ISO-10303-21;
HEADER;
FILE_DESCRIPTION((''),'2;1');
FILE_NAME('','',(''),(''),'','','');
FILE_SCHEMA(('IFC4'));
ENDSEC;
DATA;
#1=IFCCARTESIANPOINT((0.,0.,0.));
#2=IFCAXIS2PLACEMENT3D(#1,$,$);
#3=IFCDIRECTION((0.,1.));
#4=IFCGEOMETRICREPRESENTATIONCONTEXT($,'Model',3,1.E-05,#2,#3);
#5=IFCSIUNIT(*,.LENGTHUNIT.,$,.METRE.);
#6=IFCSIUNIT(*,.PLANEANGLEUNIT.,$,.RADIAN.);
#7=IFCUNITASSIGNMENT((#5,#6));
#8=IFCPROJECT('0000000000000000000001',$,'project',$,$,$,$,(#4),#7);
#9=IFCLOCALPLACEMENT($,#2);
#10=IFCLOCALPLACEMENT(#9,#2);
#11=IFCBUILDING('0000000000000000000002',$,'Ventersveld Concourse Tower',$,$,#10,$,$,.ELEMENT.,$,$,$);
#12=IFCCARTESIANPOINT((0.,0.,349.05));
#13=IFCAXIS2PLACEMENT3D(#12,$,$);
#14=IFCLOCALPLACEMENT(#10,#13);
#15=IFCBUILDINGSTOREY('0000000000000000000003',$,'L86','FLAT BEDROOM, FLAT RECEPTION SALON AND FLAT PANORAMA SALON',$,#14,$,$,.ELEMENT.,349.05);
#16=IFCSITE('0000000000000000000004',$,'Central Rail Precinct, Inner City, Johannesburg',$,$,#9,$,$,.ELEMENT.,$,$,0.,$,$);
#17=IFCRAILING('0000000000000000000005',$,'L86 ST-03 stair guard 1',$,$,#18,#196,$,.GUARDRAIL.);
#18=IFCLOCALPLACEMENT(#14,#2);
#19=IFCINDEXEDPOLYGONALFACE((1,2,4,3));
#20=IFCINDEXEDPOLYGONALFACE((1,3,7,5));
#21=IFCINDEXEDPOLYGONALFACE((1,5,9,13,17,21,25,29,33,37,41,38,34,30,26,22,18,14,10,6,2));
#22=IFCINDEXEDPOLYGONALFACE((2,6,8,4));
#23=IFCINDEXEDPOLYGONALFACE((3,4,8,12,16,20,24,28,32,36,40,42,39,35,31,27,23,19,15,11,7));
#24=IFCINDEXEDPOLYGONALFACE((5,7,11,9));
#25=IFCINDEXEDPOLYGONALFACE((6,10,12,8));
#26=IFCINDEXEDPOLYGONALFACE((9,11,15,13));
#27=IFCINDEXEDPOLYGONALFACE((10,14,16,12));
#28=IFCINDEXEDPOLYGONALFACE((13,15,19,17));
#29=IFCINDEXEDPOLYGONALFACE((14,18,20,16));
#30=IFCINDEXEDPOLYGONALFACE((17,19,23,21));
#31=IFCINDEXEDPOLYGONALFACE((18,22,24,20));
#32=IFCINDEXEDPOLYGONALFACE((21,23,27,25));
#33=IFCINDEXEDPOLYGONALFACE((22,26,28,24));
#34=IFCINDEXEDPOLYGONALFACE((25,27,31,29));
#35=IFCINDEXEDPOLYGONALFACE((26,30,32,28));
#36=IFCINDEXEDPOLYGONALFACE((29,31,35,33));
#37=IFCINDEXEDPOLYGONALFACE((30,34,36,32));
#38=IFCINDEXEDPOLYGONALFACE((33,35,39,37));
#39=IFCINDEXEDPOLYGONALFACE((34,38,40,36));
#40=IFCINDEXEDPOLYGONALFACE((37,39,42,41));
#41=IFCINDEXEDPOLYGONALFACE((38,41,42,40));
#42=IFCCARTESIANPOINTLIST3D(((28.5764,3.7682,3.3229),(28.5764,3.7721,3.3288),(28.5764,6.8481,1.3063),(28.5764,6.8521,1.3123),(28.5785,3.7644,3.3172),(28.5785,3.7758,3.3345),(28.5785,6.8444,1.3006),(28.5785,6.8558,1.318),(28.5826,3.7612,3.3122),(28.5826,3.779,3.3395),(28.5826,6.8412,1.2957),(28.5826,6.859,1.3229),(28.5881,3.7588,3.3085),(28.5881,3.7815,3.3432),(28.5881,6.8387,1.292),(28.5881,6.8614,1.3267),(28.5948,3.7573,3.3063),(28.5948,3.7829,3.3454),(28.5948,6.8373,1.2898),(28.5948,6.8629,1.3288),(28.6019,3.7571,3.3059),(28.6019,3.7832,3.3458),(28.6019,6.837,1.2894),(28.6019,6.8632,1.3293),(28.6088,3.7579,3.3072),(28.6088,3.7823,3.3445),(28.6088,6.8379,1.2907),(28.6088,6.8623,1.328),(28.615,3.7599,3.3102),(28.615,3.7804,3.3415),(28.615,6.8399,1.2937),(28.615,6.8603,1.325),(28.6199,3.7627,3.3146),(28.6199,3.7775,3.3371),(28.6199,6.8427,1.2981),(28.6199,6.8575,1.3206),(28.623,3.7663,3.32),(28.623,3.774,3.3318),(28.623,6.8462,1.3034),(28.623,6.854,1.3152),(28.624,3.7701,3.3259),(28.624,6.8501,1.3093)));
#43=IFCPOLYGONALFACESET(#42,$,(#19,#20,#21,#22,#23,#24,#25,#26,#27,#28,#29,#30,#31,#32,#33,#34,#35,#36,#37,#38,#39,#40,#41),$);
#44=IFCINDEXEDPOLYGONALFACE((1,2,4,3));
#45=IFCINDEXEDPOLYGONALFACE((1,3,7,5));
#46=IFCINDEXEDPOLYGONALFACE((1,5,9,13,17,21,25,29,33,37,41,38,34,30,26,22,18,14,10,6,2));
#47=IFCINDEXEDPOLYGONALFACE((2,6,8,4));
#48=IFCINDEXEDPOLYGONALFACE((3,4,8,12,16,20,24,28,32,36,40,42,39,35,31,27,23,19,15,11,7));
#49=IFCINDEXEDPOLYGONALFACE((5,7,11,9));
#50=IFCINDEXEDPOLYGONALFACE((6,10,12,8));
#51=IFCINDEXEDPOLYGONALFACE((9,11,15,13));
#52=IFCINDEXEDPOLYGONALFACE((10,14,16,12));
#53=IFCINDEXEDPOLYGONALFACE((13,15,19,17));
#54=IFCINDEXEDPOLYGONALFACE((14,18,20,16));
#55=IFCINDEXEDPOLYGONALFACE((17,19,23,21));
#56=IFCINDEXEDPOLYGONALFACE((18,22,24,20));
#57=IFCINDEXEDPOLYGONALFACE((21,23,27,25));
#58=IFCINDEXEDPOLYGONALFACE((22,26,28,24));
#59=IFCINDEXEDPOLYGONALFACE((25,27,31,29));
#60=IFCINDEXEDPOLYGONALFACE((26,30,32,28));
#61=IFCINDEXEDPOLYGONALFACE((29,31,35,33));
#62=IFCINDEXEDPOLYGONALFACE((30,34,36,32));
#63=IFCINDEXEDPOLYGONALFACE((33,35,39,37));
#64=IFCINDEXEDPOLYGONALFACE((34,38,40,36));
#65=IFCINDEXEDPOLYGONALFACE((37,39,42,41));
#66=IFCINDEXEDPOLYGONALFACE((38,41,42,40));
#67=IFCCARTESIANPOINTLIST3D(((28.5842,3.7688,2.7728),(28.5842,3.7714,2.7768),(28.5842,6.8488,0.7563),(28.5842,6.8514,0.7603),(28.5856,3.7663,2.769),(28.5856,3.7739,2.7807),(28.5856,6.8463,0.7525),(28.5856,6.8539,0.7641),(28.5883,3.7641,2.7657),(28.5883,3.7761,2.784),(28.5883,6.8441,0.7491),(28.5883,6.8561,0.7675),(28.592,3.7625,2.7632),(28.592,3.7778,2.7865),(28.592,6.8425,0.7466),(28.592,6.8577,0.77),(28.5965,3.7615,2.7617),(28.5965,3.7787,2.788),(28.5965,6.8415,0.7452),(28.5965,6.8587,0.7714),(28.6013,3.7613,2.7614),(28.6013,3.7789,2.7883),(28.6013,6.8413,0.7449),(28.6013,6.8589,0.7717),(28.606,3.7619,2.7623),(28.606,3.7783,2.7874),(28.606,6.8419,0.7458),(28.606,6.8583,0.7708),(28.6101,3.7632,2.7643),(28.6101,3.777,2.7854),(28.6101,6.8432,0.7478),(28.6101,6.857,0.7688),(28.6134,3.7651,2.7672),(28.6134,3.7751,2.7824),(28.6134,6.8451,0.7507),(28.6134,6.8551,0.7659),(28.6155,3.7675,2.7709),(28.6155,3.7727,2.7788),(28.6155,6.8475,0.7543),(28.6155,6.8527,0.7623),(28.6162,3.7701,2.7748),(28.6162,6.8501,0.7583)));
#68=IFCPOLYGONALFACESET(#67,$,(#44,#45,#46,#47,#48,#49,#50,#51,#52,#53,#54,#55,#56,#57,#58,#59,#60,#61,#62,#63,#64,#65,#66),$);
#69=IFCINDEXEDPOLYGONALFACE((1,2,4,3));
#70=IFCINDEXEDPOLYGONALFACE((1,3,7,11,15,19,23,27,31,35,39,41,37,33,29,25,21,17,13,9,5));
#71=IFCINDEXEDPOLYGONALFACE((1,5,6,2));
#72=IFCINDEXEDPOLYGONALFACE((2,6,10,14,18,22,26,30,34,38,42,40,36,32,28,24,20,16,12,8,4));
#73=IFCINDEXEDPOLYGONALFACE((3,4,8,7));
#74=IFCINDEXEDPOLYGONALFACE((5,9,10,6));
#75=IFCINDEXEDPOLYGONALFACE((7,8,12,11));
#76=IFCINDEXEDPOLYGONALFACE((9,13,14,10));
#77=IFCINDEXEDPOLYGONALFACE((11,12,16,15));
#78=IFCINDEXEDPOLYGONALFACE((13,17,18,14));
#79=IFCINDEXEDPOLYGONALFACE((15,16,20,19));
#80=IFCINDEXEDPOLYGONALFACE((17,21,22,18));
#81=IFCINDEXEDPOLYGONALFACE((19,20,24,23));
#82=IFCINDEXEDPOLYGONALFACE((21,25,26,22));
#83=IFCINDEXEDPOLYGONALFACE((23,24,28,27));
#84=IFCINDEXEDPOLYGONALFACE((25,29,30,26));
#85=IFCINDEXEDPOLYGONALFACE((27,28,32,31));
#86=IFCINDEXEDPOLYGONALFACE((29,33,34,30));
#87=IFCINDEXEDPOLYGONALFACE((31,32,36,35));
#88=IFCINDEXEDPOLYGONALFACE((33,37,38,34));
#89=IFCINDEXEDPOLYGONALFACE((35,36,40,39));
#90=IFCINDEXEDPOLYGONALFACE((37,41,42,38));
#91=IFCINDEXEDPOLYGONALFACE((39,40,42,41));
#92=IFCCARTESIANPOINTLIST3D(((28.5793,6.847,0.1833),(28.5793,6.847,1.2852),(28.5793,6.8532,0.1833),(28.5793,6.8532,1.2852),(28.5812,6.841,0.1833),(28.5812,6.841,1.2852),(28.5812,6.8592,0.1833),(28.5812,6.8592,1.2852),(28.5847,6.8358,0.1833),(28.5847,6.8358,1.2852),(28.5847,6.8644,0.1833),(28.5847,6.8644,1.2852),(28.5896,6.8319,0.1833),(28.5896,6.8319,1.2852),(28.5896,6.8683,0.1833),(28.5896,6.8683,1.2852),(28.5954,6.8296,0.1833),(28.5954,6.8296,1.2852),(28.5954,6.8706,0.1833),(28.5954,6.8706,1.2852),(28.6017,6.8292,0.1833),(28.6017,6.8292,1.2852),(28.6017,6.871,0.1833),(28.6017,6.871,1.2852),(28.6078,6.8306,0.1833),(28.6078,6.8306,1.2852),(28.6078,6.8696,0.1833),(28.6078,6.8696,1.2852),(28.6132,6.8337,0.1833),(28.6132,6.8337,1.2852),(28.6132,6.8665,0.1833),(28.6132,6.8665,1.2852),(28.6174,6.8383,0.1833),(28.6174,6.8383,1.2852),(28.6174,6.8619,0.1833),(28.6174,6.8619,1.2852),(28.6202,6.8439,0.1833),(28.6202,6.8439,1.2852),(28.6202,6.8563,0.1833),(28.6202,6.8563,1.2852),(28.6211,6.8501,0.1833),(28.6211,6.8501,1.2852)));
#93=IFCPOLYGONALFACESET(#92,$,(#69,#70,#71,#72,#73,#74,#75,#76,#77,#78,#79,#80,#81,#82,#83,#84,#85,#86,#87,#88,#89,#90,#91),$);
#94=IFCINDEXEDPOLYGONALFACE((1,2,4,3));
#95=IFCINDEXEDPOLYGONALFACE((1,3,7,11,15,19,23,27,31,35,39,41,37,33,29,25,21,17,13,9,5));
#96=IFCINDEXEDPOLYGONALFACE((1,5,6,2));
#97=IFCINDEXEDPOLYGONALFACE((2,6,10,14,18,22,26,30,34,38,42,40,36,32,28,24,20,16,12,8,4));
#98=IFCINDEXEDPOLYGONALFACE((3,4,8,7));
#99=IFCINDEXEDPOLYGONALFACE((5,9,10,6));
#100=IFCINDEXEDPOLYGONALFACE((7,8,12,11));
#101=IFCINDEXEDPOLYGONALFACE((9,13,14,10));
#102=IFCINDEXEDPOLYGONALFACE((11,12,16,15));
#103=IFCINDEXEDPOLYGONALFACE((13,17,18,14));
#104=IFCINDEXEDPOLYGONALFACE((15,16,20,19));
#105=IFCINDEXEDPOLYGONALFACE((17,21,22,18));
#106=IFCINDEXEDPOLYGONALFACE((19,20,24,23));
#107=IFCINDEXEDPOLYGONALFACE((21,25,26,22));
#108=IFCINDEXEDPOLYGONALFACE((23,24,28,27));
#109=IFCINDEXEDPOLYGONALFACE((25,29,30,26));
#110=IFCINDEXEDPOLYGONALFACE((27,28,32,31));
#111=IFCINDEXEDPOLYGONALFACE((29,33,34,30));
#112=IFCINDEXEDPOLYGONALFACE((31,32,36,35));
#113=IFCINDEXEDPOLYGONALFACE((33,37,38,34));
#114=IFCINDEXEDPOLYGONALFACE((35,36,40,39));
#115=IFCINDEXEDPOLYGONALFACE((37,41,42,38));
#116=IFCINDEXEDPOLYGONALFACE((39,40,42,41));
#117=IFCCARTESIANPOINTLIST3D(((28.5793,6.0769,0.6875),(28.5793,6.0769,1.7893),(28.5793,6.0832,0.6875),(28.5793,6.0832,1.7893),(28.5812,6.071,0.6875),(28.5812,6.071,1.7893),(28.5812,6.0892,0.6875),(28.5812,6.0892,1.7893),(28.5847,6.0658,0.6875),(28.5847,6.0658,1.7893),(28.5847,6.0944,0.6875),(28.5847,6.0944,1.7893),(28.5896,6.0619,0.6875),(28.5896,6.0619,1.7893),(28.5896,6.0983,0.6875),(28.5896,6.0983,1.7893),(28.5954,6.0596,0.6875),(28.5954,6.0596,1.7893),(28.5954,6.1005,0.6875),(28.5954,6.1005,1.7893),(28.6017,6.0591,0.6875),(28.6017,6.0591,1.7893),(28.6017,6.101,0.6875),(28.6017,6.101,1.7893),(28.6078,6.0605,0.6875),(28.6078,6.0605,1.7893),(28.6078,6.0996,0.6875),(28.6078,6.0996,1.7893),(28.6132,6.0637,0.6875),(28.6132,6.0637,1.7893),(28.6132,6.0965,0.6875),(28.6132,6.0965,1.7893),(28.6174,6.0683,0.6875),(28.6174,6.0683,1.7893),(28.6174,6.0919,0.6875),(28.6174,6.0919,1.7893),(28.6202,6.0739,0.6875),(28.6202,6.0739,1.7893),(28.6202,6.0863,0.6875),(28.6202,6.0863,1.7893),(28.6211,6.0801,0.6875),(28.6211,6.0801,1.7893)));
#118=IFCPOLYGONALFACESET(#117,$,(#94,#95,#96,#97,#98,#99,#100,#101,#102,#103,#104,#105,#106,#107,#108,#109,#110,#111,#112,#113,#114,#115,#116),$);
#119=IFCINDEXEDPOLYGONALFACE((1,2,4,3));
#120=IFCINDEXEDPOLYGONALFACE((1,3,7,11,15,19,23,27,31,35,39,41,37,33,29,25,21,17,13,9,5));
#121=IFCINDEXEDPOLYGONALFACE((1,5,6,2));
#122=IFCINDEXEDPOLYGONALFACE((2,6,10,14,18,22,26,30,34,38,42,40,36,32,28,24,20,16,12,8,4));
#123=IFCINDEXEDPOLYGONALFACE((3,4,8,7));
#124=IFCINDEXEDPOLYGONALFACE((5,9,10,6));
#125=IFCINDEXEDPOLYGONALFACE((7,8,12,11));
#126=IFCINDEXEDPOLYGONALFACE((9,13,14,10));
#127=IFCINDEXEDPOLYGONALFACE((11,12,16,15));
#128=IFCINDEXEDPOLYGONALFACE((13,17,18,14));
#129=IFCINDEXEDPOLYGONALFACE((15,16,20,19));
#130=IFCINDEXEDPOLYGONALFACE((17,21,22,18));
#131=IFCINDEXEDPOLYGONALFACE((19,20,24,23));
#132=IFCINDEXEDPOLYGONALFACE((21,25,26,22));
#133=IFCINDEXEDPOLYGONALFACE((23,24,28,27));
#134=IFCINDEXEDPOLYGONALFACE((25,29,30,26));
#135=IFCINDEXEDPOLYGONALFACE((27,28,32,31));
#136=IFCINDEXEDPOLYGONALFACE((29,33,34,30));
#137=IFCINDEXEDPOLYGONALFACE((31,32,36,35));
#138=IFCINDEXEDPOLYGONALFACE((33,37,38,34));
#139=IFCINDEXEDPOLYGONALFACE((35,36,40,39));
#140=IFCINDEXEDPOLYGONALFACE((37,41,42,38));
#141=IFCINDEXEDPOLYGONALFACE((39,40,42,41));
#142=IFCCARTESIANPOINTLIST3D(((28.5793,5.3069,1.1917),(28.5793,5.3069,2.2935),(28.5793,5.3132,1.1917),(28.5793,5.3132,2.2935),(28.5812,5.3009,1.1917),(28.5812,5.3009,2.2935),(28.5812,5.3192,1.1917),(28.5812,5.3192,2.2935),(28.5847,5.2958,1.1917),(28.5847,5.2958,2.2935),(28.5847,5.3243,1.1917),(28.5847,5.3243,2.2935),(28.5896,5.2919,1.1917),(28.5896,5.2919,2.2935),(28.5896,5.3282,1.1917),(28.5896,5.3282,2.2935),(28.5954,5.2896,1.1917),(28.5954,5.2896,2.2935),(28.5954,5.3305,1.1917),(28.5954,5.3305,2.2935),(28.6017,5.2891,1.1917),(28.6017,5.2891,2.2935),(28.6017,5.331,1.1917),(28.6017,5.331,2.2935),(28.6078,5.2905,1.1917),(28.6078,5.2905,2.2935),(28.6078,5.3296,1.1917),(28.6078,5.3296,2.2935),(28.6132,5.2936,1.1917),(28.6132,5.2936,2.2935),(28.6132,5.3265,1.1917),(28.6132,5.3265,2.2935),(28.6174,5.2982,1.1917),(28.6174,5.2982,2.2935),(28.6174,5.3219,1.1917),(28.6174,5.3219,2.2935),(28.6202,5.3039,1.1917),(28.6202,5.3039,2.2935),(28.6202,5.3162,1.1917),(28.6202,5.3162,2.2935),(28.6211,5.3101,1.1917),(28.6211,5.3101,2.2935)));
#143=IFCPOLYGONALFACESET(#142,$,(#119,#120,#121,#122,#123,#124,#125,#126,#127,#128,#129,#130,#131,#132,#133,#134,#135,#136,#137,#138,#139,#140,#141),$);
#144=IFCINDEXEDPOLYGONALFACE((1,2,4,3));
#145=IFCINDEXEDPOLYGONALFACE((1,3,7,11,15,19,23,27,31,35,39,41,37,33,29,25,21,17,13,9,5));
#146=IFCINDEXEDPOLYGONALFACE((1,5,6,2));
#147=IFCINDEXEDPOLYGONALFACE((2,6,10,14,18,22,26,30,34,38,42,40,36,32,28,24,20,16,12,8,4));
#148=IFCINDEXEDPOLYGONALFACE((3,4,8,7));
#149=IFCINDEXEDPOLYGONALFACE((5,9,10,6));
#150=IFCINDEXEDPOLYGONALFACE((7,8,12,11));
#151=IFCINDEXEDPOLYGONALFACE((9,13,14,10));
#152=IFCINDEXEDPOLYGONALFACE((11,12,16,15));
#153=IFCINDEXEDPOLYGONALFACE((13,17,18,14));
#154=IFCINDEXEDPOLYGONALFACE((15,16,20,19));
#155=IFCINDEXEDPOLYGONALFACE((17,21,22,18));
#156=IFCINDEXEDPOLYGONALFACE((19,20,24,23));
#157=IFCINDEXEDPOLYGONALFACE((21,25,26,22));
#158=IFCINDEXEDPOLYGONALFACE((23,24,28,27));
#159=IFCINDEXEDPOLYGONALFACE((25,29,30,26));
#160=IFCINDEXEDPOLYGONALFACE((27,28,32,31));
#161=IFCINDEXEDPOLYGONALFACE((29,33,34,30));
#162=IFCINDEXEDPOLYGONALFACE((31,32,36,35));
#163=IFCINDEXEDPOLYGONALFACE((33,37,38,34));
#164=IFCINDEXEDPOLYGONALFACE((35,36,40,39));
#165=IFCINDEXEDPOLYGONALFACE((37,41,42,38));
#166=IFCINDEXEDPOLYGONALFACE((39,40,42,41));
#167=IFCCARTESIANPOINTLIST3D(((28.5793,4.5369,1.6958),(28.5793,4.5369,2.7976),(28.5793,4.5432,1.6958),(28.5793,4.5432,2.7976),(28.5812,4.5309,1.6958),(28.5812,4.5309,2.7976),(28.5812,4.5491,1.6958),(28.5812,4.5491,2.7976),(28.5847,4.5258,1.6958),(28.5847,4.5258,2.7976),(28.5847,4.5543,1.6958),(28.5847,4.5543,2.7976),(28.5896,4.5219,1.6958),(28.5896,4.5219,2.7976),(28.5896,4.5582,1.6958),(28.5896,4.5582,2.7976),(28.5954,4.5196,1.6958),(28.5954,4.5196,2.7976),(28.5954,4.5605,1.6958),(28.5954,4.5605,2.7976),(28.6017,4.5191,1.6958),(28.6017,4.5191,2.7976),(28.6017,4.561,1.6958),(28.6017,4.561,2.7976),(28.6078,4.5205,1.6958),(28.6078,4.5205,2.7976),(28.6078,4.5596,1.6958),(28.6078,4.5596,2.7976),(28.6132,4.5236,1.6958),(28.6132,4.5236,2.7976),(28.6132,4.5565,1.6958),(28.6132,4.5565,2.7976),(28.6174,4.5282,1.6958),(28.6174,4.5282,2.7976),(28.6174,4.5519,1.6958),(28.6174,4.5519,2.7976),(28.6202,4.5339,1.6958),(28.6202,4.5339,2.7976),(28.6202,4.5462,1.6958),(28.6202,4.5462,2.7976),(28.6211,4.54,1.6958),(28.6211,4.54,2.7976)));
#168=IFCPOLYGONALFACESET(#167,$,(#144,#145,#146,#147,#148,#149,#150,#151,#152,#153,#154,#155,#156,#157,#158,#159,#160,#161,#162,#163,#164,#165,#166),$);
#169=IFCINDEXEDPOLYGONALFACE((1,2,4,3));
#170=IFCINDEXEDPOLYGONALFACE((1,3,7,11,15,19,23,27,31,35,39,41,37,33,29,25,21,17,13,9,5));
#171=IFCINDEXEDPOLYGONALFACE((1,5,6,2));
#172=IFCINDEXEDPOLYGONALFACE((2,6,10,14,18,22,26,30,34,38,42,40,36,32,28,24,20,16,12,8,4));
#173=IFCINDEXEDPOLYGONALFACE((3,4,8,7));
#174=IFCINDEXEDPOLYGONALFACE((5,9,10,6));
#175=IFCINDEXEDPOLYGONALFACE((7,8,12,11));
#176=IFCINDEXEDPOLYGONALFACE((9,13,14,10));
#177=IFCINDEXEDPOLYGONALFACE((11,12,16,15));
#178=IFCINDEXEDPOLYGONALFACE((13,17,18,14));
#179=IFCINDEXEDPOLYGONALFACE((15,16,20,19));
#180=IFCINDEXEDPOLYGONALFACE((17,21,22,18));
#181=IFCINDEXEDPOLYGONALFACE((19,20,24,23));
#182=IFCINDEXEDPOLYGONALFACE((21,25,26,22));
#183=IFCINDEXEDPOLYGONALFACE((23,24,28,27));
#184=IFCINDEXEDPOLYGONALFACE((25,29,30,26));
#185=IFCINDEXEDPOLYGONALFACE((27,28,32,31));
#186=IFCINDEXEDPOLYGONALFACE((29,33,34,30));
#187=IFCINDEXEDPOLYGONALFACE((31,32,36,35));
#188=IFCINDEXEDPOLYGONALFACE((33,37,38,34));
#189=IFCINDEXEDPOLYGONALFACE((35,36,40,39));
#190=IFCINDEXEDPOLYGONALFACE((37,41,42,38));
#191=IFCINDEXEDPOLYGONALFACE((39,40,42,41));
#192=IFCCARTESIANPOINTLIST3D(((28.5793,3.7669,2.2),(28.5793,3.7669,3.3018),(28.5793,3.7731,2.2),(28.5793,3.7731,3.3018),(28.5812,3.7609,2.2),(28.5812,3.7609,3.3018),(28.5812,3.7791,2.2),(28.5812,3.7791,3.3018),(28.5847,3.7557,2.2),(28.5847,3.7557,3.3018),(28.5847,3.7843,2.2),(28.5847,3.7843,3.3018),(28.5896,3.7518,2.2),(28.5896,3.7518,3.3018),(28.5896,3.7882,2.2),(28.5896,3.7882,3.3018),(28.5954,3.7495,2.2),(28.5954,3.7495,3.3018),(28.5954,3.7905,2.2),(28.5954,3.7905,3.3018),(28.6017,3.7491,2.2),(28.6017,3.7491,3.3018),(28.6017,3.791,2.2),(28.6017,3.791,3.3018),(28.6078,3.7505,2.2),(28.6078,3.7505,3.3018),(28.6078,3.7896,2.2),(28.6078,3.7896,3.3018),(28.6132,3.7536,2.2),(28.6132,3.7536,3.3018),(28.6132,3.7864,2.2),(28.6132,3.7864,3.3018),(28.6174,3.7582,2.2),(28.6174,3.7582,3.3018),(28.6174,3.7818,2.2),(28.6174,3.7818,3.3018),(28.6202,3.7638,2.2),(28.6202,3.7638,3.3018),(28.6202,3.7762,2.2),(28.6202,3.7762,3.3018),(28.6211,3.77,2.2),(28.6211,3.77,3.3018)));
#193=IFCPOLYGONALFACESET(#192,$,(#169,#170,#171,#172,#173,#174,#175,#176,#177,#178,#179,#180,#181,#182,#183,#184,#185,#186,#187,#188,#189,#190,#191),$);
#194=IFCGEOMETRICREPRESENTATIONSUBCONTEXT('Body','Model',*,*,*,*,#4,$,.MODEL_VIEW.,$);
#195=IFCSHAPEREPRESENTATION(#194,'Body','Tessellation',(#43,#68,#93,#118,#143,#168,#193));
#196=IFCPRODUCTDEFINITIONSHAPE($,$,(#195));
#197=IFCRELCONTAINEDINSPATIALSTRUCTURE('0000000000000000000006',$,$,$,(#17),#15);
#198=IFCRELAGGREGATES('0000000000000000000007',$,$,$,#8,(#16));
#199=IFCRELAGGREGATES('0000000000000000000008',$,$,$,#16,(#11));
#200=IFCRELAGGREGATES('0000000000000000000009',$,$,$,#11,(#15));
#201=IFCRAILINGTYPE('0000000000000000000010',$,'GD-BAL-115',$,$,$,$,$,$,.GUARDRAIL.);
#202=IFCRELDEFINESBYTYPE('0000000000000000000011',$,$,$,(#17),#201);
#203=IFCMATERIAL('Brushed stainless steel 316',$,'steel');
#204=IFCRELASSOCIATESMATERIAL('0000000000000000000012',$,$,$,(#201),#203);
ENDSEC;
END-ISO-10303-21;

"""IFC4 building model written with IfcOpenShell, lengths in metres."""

from ifc_helpers import new_model, si_unit, direction, frame, origin, origin_2d, place, context, subcontext, project, spatial, circle, extrude, material, type_object, element, save


model = new_model("IFC4")

# Units and contexts
model_context = context("Model", 3, precision=1e-05, world=origin(), true_north=direction((0.0, 1.0)))
body_context = subcontext(model_context, "Body", "Model", "MODEL_VIEW")
ifc_project = project(units=[si_unit("LENGTHUNIT", "METRE"), si_unit("PLANEANGLEUNIT", "RADIAN")], contexts=[model_context])

# Site, building, storey
site_placement = place(None, origin())
site = spatial("IfcSite", under=ifc_project, at=site_placement, Name="Central Rail Precinct, Inner City, Johannesburg", CompositionType="ELEMENT", RefElevation=0.0)
building_placement = place(site_placement, origin())
building = spatial("IfcBuilding", under=site, at=building_placement, Name="Ventersveld Concourse Tower", CompositionType="ELEMENT")
storey_placement = place(building_placement, frame((0.0, 0.0, 349.05)))
storey = spatial("IfcBuildingStorey", under=building, at=storey_placement, Name="L86", Description="FLAT BEDROOM, FLAT RECEPTION SALON AND FLAT PANORAMA SALON", CompositionType="ELEMENT", Elevation=349.05)

# Shared definitions
ifc_material_1 = material(Name="Brushed stainless steel 316", Category="steel")

# Railing
railing_type_1 = type_object("IfcRailingType", Name="GD-BAL-115", PredefinedType="GUARDRAIL", material=ifc_material_1)
railing_1_placement = place(storey_placement, frame((28.6001, 6.8501, 0.1833)))
element("IfcRailing", 1, at=railing_1_placement, inside=storey, type_object=railing_type_1, Name="L86 ST-03 stair guard 1", PredefinedType="GUARDRAIL", context=body_context, shape_type="SweptSolid", body=[
    extrude(circle(Radius=0.0239, at=origin_2d()), frame((0.0, 0.0, 1.126), z_axis=(0.0, -0.836633, 0.547764), x_axis=(1.0, 0.0, 0.0)), (0.0, 0.0, 1.0), 3.6814),
    extrude(circle(Radius=0.0161, at=origin_2d()), frame((0.0, 0.0, 0.575), z_axis=(0.0, -0.836633, 0.547764), x_axis=(1.0, 0.0, 0.0)), (0.0, 0.0, 1.0), 3.6814),
    extrude(circle(Radius=0.021, at=origin_2d()), origin(), (0.0, 0.0, 1.0), 1.1018),
    extrude(circle(Radius=0.021, at=origin_2d()), frame((0.0, -0.77, 0.5042)), (0.0, 0.0, 1.0), 1.1018),
    extrude(circle(Radius=0.021, at=origin_2d()), frame((0.0, -1.54, 1.0083)), (0.0, 0.0, 1.0), 1.1018),
    extrude(circle(Radius=0.021, at=origin_2d()), frame((0.0, -2.3101, 1.5125)), (0.0, 0.0, 1.0), 1.1018),
    extrude(circle(Radius=0.021, at=origin_2d()), frame((0.0, -3.0801, 2.0166)), (0.0, 0.0, 1.0), 1.1018),
])

save(model, "model.ifc")
